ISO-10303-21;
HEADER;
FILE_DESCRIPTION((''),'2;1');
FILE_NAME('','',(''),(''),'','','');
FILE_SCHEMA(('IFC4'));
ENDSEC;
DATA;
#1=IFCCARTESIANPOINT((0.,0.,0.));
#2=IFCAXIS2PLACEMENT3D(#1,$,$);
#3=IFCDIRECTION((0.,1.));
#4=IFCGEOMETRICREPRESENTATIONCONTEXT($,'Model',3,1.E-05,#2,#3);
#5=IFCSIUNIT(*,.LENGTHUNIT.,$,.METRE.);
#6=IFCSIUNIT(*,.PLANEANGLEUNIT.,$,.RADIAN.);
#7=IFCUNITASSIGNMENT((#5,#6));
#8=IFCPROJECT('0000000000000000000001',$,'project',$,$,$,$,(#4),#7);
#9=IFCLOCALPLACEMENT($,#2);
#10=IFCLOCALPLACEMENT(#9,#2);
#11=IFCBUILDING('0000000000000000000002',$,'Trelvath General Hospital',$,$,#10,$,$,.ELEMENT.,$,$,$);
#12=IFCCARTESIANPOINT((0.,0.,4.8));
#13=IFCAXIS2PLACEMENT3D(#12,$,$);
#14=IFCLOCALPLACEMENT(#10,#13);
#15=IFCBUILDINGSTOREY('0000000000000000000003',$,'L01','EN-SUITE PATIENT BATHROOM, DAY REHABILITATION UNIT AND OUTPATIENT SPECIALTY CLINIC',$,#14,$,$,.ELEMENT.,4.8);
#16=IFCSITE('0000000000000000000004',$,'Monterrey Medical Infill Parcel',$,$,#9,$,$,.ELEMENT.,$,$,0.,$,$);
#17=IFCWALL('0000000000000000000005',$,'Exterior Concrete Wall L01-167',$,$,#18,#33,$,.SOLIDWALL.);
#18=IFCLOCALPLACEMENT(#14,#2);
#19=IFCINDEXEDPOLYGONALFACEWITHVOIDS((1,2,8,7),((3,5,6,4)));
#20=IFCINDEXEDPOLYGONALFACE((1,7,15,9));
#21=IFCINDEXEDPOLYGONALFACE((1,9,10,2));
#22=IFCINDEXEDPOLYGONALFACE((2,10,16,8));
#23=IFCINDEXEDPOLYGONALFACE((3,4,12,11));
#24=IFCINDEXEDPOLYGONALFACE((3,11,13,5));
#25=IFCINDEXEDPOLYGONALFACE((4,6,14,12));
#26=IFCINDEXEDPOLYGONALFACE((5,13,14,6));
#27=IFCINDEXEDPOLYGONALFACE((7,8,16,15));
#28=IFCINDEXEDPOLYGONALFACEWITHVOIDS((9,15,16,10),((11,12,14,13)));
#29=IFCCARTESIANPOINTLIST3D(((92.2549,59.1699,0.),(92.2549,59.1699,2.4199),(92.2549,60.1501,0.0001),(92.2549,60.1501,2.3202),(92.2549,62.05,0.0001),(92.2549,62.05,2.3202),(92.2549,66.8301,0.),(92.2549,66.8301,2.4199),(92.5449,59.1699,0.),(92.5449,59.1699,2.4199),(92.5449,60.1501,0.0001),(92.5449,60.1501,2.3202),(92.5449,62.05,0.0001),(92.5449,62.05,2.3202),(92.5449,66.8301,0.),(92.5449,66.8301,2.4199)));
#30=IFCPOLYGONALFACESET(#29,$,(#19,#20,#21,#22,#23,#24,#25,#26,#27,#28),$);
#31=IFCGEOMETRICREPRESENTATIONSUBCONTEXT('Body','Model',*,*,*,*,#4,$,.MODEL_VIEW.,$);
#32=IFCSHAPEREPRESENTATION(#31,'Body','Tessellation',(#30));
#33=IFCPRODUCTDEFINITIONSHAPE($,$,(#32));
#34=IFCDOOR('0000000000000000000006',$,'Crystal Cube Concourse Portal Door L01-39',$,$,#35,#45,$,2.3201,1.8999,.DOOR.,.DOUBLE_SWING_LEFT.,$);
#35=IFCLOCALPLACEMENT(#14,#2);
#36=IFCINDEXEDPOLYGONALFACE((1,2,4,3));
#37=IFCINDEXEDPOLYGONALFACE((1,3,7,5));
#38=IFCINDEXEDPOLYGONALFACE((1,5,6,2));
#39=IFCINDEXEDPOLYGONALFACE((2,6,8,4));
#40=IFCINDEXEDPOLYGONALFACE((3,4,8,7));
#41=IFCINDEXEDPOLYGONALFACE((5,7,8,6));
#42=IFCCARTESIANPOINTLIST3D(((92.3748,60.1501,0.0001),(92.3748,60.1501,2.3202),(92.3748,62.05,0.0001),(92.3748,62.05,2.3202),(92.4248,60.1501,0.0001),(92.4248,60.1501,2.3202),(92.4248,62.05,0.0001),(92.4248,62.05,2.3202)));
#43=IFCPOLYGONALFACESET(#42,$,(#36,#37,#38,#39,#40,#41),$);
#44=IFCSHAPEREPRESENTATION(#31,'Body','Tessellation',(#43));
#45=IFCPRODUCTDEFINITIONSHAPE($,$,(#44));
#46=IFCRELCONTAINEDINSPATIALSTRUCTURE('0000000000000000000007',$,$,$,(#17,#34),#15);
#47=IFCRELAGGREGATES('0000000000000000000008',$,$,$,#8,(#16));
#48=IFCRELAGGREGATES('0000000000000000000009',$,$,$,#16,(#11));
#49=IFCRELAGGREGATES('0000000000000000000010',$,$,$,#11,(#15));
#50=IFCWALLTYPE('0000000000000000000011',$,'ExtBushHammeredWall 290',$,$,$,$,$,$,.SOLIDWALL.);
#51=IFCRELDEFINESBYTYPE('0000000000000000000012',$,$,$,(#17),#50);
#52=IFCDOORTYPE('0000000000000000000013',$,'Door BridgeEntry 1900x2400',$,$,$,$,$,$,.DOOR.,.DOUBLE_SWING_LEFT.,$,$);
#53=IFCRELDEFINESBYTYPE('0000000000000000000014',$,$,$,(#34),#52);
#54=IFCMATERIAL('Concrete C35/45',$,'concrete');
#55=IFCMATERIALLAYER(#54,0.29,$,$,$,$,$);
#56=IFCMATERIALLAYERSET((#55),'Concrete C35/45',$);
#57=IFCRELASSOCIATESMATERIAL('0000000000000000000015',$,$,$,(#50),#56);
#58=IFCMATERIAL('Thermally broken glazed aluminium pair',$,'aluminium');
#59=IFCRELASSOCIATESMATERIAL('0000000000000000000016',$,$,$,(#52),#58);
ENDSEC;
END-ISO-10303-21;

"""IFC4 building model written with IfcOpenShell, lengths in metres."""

from ifc_helpers import new_model, si_unit, direction, frame, frame_2d, origin, place, context, subcontext, project, spatial, rectangle, extrude, material, layer, layer_set, type_object, element, fill, save


model = new_model("IFC4")

# Units and contexts
model_context = context("Model", 3, precision=1e-05, world=origin(), true_north=direction((0.0, 1.0)))
body_context = subcontext(model_context, "Body", "Model", "MODEL_VIEW")
ifc_project = project(units=[si_unit("LENGTHUNIT", "METRE"), si_unit("PLANEANGLEUNIT", "RADIAN")], contexts=[model_context])

# Site, building, storey
site_placement = place(None, origin())
site = spatial("IfcSite", under=ifc_project, at=site_placement, Name="Monterrey Medical Infill Parcel", CompositionType="ELEMENT", RefElevation=0.0)
building_placement = place(site_placement, origin())
building = spatial("IfcBuilding", under=site, at=building_placement, Name="Trelvath General Hospital", CompositionType="ELEMENT")
storey_placement = place(building_placement, frame((0.0, 0.0, 4.8)))
storey = spatial("IfcBuildingStorey", under=building, at=storey_placement, Name="L01", Description="EN-SUITE PATIENT BATHROOM, DAY REHABILITATION UNIT AND OUTPATIENT SPECIALTY CLINIC", CompositionType="ELEMENT", Elevation=4.8)

# Shared definitions
ifc_material_1 = material(Name="Concrete C35/45", Category="concrete")
ifc_layer_1 = layer(ifc_material_1, 0.29)
ifc_layer_set_1 = layer_set([ifc_layer_1], Name="Concrete C35/45")
wall_type_1 = type_object("IfcWallType", Name="ExtBushHammeredWall 290", PredefinedType="SOLIDWALL", material=ifc_layer_set_1)

# Wall, opening, door
wall_1_placement = place(storey_placement, frame((92.3999, 66.8301, 0.0), z_axis=(0.0, 0.0, 1.0), x_axis=(0.0, -1.0, 0.0)))
wall_1 = element("IfcWall", 1, at=wall_1_placement, inside=storey, type_object=wall_type_1, Name="Exterior Concrete Wall L01-167", PredefinedType="SOLIDWALL", context=body_context, shape_type="SweptSolid", body=[
    extrude(rectangle(XDim=7.6602, YDim=0.29, at=frame_2d((3.8301, 0.0))), origin(), (0.0, 0.0, 1.0), 2.4199),
])
opening_1_placement = place(wall_1_placement, frame((4.78, 0.0, 0.0)))
opening_1 = element("IfcOpeningElement", 2, at=opening_1_placement, cuts=wall_1, PredefinedType="OPENING", context=body_context, shape_type="SweptSolid", body=[
    extrude(rectangle(XDim=1.8999, YDim=2.3201, at=frame_2d((0.95, 1.1602))), frame((0.0, 0.155, 0.0), z_axis=(0.0, -1.0, 0.0), x_axis=(1.0, 0.0, 0.0)), (0.0, 0.0, 1.0), 0.3101),
])
ifc_material_2 = material(Name="Thermally broken glazed aluminium pair", Category="aluminium")
door_type_1 = type_object("IfcDoorType", Name="Door BridgeEntry 1900x2400", OperationType="DOUBLE_SWING_LEFT", PredefinedType="DOOR", material=ifc_material_2)
door_1_placement = place(opening_1_placement, origin())
door_1 = element("IfcDoor", 3, at=door_1_placement, inside=storey, type_object=door_type_1, Name="Crystal Cube Concourse Portal Door L01-39", OperationType="DOUBLE_SWING_LEFT", OverallHeight=2.3201, OverallWidth=1.8999, PredefinedType="DOOR", context=body_context, shape_type="SweptSolid", body=[
    extrude(rectangle(XDim=1.8999, YDim=2.3201, at=frame_2d((0.95, 1.1602))), frame((0.0, 0.0249, 0.0), z_axis=(0.0, -1.0, 0.0), x_axis=(1.0, 0.0, 0.0)), (0.0, 0.0, 1.0), 0.05),
])
fill(opening_1, door_1)

save(model, "model.ifc")
